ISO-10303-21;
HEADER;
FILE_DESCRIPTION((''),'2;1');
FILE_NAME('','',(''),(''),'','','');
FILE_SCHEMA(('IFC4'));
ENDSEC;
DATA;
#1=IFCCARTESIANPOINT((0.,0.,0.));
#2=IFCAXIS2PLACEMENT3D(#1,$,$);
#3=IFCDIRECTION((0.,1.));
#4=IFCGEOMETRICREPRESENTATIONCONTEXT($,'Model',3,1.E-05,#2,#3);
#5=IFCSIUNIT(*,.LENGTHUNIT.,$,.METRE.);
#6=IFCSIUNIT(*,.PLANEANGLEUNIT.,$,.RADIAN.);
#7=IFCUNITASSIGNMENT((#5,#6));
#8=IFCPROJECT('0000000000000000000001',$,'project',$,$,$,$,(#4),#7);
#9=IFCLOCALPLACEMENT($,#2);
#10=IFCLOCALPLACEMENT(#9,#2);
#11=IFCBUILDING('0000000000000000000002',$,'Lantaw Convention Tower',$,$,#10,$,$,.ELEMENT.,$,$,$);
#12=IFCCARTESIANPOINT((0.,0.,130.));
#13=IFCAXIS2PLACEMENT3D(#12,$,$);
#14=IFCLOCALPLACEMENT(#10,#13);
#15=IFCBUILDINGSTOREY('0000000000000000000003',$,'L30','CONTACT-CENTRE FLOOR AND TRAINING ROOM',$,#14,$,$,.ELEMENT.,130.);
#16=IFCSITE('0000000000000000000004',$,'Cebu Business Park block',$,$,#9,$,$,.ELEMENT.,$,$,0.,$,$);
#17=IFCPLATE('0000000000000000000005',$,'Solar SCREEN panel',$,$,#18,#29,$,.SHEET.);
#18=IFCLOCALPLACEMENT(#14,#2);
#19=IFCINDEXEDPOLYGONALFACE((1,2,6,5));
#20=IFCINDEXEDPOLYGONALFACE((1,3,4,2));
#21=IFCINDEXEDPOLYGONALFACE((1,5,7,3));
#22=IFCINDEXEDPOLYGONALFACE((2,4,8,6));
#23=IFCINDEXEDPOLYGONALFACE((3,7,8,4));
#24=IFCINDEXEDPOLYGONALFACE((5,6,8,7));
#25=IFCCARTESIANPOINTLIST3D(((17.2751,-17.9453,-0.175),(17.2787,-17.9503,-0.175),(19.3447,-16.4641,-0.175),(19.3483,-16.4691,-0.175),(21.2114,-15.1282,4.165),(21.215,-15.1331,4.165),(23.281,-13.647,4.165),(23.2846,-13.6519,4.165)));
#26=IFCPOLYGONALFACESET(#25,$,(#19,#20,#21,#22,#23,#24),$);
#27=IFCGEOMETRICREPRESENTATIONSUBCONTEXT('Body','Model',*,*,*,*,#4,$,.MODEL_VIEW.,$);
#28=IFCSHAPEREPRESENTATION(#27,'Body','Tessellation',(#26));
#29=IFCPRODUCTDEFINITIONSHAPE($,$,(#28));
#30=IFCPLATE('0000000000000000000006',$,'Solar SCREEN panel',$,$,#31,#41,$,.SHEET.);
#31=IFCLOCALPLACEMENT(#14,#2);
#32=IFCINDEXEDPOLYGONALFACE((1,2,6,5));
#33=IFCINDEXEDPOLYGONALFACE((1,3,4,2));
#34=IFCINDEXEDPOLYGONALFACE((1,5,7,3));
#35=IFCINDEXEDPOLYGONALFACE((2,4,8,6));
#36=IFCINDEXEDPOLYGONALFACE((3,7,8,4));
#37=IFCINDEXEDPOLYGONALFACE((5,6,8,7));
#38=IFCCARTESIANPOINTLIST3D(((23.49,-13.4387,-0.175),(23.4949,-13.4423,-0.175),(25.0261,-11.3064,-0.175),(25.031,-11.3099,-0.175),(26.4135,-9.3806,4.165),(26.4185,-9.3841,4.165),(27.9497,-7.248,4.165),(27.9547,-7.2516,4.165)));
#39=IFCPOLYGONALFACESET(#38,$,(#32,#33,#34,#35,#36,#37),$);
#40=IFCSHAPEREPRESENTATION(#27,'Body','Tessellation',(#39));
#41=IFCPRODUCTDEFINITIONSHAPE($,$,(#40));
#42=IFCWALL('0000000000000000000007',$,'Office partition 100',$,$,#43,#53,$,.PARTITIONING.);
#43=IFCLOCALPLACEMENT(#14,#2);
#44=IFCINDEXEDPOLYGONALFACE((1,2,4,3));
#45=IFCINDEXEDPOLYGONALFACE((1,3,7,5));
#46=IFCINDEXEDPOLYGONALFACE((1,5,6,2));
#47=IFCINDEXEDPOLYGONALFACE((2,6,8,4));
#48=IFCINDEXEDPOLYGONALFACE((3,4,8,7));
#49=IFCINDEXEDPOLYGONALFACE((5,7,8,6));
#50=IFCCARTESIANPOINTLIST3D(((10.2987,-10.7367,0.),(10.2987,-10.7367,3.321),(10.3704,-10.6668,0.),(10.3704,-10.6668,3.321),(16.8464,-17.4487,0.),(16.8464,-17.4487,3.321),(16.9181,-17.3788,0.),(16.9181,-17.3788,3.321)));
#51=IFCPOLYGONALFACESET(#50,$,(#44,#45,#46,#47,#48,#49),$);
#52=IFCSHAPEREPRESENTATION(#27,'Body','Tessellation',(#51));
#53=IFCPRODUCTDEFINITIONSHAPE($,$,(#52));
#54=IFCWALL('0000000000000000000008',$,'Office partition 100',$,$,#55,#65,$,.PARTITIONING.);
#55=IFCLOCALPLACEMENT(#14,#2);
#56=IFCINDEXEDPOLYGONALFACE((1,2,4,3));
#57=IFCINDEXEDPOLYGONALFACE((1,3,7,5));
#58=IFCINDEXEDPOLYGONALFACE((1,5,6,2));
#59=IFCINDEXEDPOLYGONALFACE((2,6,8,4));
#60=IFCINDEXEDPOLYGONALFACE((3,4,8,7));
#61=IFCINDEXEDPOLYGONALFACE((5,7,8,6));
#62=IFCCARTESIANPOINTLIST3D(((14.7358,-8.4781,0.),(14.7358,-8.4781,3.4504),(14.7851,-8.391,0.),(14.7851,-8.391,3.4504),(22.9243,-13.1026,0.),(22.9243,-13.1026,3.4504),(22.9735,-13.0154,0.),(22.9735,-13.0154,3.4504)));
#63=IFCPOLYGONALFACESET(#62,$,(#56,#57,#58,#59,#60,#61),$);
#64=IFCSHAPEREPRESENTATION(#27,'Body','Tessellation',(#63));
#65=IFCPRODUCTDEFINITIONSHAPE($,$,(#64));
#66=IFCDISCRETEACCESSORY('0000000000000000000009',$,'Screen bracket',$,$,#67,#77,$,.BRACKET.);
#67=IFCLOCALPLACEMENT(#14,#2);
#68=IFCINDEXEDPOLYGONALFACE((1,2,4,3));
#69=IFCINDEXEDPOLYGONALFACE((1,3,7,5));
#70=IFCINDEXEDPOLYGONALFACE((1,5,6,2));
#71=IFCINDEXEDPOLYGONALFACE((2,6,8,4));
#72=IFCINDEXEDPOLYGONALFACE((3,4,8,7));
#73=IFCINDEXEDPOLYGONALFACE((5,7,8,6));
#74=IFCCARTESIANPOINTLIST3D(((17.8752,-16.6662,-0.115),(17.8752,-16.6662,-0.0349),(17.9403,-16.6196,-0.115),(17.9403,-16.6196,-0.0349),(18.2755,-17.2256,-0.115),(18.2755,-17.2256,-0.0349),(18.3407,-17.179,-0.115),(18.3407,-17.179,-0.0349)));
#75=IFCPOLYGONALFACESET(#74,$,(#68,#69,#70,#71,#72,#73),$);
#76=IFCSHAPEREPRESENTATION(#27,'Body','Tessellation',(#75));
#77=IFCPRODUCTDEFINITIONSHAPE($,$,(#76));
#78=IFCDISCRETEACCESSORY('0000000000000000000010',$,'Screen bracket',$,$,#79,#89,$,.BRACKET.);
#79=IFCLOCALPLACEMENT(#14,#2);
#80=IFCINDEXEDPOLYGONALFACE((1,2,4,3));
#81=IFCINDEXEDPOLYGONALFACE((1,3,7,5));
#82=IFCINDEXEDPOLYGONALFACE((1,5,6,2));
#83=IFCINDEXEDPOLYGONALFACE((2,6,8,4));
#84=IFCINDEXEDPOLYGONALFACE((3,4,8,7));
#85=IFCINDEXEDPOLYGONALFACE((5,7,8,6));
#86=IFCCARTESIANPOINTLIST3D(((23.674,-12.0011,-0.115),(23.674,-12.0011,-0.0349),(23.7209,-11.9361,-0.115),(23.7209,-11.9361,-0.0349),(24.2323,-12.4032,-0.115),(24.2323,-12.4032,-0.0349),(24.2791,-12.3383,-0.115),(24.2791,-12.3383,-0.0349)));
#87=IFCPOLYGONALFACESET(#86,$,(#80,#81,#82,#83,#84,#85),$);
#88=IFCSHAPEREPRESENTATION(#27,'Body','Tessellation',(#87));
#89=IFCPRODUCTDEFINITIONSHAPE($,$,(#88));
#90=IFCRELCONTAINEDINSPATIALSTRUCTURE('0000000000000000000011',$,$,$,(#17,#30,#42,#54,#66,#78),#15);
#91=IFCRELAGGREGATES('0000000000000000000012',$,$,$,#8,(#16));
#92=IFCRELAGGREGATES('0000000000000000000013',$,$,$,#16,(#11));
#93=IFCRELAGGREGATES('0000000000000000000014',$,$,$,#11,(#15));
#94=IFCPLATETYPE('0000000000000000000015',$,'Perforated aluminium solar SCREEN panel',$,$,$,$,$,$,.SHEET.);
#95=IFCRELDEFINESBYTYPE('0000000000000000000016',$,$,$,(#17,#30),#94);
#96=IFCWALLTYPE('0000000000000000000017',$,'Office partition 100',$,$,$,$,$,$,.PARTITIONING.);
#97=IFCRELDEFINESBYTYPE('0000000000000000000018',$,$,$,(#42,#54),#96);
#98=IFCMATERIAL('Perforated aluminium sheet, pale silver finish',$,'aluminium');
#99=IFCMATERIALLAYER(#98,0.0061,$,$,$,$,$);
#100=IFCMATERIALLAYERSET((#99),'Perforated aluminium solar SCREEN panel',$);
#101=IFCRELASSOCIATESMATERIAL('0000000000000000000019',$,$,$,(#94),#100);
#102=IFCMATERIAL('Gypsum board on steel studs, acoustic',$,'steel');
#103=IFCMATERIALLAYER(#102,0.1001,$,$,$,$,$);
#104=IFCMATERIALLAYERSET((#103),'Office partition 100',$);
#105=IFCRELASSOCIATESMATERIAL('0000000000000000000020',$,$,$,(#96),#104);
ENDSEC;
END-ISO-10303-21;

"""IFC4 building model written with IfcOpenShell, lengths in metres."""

from ifc_helpers import new_model, si_unit, direction, frame, frame_2d, origin, origin_2d, place, context, subcontext, project, spatial, polyline, rectangle, outline, extrude, material, layer, layer_set, type_object, element, save


model = new_model("IFC4")

# Units and contexts
model_context = context("Model", 3, precision=1e-05, world=origin(), true_north=direction((0.0, 1.0)))
body_context = subcontext(model_context, "Body", "Model", "MODEL_VIEW")
ifc_project = project(units=[si_unit("LENGTHUNIT", "METRE"), si_unit("PLANEANGLEUNIT", "RADIAN")], contexts=[model_context])

# Site, building, storey
site_placement = place(None, origin())
site = spatial("IfcSite", under=ifc_project, at=site_placement, Name="Cebu Business Park block", CompositionType="ELEMENT", RefElevation=0.0)
building_placement = place(site_placement, origin())
building = spatial("IfcBuilding", under=site, at=building_placement, Name="Lantaw Convention Tower", CompositionType="ELEMENT")
storey_placement = place(building_placement, frame((0.0, 0.0, 130.0)))
storey = spatial("IfcBuildingStorey", under=building, at=storey_placement, Name="L30", Description="CONTACT-CENTRE FLOOR AND TRAINING ROOM", CompositionType="ELEMENT", Elevation=130.0)

# Plates
ifc_material_1 = material(Name="Perforated aluminium sheet, pale silver finish", Category="aluminium")
ifc_layer_1 = layer(ifc_material_1, 0.0061)
ifc_layer_set_1 = layer_set([ifc_layer_1], Name="Perforated aluminium solar SCREEN panel")
plate_type_1 = type_object("IfcPlateType", Name="Perforated aluminium solar SCREEN panel", PredefinedType="SHEET", material=ifc_layer_set_1)
plate_1_placement = place(storey_placement, frame((17.2751, -17.9453, -0.175), z_axis=(-0.582, 0.813189, 0.000012), x_axis=(0.813189, 0.582, 0.0)))
element("IfcPlate", 1, at=plate_1_placement, inside=storey, type_object=plate_type_1, Name="Solar SCREEN panel", PredefinedType="SHEET", context=body_context, shape_type="SweptSolid", body=[
    extrude(outline(polyline([(0.0, 0.0), (2.545, 0.0), (7.3855, -4.3401), (4.8405, -4.3401), (0.0, 0.0)])), origin(), (0.0, 0.0, -1.0), 0.0061),
])
plate_2_placement = place(storey_placement, frame((23.49, -13.4387, -0.175), z_axis=(-0.811395, 0.584498, 0.000036), x_axis=(0.584498, 0.811395, 0.0)))
element("IfcPlate", 2, at=plate_2_placement, inside=storey, type_object=plate_type_1, Name="Solar SCREEN panel", PredefinedType="SHEET", context=body_context, shape_type="SweptSolid", body=[
    extrude(outline(polyline([(0.0, 0.0), (2.628, 0.0), (7.6298, -4.3401), (5.0016, -4.3401), (0.0, 0.0)])), origin(), (0.0, 0.0, -1.0), 0.0061),
])

# Walls
ifc_material_2 = material(Name="Gypsum board on steel studs, acoustic", Category="steel")
ifc_layer_2 = layer(ifc_material_2, 0.1001)
ifc_layer_set_2 = layer_set([ifc_layer_2], Name="Office partition 100")
wall_type = type_object("IfcWallType", Name="Office partition 100", PredefinedType="PARTITIONING", material=ifc_layer_set_2)
wall_1_placement = place(storey_placement, frame((16.8823, -17.4138, 0.0), z_axis=(0.0, 0.0, 1.0), x_axis=(-0.698291, 0.715814, 0.0)))
element("IfcWall", 3, at=wall_1_placement, inside=storey, type_object=wall_type, Name="Office partition 100", PredefinedType="PARTITIONING", context=body_context, shape_type="SweptSolid", body=[
    extrude(rectangle(XDim=9.3767, YDim=0.1001, at=frame_2d((4.6885, 0.0))), origin(), (0.0, 0.0, 1.0), 3.321),
])
wall_2_placement = place(storey_placement, frame((22.949, -13.0591, 0.0), z_axis=(0.0, 0.0, 1.0), x_axis=(-0.870734, 0.491754, 0.0)))
element("IfcWall", 4, at=wall_2_placement, inside=storey, type_object=wall_type, Name="Office partition 100", PredefinedType="PARTITIONING", context=body_context, shape_type="SweptSolid", body=[
    extrude(rectangle(XDim=9.4041, YDim=0.1001, at=frame_2d((4.7021, 0.0))), origin(), (0.0, 0.0, 1.0), 3.4504),
])

# Discrete accessories
for number, where, z_axis, x_axis, name in (
    (5, (18.1079, -16.9226, -0.115), (0.0, 0.0, 1.0), (0.813208, 0.581973, 0.0), "Screen bracket"),
    (6, (23.9766, -12.1697, -0.115), (0.0, 0.0, 1.0), (0.584513, 0.811385, 0.0), "Screen bracket"),
):
    element("IfcDiscreteAccessory", number, at=place(storey_placement, frame(where, z_axis=z_axis, x_axis=x_axis)), inside=storey, Name=name, PredefinedType="BRACKET", context=body_context, shape_type="SweptSolid", body=[
        extrude(rectangle(XDim=0.0801, YDim=0.688, at=origin_2d()), origin(), (0.0, 0.0, 1.0), 0.0801),
    ])

save(model, "model.ifc")
